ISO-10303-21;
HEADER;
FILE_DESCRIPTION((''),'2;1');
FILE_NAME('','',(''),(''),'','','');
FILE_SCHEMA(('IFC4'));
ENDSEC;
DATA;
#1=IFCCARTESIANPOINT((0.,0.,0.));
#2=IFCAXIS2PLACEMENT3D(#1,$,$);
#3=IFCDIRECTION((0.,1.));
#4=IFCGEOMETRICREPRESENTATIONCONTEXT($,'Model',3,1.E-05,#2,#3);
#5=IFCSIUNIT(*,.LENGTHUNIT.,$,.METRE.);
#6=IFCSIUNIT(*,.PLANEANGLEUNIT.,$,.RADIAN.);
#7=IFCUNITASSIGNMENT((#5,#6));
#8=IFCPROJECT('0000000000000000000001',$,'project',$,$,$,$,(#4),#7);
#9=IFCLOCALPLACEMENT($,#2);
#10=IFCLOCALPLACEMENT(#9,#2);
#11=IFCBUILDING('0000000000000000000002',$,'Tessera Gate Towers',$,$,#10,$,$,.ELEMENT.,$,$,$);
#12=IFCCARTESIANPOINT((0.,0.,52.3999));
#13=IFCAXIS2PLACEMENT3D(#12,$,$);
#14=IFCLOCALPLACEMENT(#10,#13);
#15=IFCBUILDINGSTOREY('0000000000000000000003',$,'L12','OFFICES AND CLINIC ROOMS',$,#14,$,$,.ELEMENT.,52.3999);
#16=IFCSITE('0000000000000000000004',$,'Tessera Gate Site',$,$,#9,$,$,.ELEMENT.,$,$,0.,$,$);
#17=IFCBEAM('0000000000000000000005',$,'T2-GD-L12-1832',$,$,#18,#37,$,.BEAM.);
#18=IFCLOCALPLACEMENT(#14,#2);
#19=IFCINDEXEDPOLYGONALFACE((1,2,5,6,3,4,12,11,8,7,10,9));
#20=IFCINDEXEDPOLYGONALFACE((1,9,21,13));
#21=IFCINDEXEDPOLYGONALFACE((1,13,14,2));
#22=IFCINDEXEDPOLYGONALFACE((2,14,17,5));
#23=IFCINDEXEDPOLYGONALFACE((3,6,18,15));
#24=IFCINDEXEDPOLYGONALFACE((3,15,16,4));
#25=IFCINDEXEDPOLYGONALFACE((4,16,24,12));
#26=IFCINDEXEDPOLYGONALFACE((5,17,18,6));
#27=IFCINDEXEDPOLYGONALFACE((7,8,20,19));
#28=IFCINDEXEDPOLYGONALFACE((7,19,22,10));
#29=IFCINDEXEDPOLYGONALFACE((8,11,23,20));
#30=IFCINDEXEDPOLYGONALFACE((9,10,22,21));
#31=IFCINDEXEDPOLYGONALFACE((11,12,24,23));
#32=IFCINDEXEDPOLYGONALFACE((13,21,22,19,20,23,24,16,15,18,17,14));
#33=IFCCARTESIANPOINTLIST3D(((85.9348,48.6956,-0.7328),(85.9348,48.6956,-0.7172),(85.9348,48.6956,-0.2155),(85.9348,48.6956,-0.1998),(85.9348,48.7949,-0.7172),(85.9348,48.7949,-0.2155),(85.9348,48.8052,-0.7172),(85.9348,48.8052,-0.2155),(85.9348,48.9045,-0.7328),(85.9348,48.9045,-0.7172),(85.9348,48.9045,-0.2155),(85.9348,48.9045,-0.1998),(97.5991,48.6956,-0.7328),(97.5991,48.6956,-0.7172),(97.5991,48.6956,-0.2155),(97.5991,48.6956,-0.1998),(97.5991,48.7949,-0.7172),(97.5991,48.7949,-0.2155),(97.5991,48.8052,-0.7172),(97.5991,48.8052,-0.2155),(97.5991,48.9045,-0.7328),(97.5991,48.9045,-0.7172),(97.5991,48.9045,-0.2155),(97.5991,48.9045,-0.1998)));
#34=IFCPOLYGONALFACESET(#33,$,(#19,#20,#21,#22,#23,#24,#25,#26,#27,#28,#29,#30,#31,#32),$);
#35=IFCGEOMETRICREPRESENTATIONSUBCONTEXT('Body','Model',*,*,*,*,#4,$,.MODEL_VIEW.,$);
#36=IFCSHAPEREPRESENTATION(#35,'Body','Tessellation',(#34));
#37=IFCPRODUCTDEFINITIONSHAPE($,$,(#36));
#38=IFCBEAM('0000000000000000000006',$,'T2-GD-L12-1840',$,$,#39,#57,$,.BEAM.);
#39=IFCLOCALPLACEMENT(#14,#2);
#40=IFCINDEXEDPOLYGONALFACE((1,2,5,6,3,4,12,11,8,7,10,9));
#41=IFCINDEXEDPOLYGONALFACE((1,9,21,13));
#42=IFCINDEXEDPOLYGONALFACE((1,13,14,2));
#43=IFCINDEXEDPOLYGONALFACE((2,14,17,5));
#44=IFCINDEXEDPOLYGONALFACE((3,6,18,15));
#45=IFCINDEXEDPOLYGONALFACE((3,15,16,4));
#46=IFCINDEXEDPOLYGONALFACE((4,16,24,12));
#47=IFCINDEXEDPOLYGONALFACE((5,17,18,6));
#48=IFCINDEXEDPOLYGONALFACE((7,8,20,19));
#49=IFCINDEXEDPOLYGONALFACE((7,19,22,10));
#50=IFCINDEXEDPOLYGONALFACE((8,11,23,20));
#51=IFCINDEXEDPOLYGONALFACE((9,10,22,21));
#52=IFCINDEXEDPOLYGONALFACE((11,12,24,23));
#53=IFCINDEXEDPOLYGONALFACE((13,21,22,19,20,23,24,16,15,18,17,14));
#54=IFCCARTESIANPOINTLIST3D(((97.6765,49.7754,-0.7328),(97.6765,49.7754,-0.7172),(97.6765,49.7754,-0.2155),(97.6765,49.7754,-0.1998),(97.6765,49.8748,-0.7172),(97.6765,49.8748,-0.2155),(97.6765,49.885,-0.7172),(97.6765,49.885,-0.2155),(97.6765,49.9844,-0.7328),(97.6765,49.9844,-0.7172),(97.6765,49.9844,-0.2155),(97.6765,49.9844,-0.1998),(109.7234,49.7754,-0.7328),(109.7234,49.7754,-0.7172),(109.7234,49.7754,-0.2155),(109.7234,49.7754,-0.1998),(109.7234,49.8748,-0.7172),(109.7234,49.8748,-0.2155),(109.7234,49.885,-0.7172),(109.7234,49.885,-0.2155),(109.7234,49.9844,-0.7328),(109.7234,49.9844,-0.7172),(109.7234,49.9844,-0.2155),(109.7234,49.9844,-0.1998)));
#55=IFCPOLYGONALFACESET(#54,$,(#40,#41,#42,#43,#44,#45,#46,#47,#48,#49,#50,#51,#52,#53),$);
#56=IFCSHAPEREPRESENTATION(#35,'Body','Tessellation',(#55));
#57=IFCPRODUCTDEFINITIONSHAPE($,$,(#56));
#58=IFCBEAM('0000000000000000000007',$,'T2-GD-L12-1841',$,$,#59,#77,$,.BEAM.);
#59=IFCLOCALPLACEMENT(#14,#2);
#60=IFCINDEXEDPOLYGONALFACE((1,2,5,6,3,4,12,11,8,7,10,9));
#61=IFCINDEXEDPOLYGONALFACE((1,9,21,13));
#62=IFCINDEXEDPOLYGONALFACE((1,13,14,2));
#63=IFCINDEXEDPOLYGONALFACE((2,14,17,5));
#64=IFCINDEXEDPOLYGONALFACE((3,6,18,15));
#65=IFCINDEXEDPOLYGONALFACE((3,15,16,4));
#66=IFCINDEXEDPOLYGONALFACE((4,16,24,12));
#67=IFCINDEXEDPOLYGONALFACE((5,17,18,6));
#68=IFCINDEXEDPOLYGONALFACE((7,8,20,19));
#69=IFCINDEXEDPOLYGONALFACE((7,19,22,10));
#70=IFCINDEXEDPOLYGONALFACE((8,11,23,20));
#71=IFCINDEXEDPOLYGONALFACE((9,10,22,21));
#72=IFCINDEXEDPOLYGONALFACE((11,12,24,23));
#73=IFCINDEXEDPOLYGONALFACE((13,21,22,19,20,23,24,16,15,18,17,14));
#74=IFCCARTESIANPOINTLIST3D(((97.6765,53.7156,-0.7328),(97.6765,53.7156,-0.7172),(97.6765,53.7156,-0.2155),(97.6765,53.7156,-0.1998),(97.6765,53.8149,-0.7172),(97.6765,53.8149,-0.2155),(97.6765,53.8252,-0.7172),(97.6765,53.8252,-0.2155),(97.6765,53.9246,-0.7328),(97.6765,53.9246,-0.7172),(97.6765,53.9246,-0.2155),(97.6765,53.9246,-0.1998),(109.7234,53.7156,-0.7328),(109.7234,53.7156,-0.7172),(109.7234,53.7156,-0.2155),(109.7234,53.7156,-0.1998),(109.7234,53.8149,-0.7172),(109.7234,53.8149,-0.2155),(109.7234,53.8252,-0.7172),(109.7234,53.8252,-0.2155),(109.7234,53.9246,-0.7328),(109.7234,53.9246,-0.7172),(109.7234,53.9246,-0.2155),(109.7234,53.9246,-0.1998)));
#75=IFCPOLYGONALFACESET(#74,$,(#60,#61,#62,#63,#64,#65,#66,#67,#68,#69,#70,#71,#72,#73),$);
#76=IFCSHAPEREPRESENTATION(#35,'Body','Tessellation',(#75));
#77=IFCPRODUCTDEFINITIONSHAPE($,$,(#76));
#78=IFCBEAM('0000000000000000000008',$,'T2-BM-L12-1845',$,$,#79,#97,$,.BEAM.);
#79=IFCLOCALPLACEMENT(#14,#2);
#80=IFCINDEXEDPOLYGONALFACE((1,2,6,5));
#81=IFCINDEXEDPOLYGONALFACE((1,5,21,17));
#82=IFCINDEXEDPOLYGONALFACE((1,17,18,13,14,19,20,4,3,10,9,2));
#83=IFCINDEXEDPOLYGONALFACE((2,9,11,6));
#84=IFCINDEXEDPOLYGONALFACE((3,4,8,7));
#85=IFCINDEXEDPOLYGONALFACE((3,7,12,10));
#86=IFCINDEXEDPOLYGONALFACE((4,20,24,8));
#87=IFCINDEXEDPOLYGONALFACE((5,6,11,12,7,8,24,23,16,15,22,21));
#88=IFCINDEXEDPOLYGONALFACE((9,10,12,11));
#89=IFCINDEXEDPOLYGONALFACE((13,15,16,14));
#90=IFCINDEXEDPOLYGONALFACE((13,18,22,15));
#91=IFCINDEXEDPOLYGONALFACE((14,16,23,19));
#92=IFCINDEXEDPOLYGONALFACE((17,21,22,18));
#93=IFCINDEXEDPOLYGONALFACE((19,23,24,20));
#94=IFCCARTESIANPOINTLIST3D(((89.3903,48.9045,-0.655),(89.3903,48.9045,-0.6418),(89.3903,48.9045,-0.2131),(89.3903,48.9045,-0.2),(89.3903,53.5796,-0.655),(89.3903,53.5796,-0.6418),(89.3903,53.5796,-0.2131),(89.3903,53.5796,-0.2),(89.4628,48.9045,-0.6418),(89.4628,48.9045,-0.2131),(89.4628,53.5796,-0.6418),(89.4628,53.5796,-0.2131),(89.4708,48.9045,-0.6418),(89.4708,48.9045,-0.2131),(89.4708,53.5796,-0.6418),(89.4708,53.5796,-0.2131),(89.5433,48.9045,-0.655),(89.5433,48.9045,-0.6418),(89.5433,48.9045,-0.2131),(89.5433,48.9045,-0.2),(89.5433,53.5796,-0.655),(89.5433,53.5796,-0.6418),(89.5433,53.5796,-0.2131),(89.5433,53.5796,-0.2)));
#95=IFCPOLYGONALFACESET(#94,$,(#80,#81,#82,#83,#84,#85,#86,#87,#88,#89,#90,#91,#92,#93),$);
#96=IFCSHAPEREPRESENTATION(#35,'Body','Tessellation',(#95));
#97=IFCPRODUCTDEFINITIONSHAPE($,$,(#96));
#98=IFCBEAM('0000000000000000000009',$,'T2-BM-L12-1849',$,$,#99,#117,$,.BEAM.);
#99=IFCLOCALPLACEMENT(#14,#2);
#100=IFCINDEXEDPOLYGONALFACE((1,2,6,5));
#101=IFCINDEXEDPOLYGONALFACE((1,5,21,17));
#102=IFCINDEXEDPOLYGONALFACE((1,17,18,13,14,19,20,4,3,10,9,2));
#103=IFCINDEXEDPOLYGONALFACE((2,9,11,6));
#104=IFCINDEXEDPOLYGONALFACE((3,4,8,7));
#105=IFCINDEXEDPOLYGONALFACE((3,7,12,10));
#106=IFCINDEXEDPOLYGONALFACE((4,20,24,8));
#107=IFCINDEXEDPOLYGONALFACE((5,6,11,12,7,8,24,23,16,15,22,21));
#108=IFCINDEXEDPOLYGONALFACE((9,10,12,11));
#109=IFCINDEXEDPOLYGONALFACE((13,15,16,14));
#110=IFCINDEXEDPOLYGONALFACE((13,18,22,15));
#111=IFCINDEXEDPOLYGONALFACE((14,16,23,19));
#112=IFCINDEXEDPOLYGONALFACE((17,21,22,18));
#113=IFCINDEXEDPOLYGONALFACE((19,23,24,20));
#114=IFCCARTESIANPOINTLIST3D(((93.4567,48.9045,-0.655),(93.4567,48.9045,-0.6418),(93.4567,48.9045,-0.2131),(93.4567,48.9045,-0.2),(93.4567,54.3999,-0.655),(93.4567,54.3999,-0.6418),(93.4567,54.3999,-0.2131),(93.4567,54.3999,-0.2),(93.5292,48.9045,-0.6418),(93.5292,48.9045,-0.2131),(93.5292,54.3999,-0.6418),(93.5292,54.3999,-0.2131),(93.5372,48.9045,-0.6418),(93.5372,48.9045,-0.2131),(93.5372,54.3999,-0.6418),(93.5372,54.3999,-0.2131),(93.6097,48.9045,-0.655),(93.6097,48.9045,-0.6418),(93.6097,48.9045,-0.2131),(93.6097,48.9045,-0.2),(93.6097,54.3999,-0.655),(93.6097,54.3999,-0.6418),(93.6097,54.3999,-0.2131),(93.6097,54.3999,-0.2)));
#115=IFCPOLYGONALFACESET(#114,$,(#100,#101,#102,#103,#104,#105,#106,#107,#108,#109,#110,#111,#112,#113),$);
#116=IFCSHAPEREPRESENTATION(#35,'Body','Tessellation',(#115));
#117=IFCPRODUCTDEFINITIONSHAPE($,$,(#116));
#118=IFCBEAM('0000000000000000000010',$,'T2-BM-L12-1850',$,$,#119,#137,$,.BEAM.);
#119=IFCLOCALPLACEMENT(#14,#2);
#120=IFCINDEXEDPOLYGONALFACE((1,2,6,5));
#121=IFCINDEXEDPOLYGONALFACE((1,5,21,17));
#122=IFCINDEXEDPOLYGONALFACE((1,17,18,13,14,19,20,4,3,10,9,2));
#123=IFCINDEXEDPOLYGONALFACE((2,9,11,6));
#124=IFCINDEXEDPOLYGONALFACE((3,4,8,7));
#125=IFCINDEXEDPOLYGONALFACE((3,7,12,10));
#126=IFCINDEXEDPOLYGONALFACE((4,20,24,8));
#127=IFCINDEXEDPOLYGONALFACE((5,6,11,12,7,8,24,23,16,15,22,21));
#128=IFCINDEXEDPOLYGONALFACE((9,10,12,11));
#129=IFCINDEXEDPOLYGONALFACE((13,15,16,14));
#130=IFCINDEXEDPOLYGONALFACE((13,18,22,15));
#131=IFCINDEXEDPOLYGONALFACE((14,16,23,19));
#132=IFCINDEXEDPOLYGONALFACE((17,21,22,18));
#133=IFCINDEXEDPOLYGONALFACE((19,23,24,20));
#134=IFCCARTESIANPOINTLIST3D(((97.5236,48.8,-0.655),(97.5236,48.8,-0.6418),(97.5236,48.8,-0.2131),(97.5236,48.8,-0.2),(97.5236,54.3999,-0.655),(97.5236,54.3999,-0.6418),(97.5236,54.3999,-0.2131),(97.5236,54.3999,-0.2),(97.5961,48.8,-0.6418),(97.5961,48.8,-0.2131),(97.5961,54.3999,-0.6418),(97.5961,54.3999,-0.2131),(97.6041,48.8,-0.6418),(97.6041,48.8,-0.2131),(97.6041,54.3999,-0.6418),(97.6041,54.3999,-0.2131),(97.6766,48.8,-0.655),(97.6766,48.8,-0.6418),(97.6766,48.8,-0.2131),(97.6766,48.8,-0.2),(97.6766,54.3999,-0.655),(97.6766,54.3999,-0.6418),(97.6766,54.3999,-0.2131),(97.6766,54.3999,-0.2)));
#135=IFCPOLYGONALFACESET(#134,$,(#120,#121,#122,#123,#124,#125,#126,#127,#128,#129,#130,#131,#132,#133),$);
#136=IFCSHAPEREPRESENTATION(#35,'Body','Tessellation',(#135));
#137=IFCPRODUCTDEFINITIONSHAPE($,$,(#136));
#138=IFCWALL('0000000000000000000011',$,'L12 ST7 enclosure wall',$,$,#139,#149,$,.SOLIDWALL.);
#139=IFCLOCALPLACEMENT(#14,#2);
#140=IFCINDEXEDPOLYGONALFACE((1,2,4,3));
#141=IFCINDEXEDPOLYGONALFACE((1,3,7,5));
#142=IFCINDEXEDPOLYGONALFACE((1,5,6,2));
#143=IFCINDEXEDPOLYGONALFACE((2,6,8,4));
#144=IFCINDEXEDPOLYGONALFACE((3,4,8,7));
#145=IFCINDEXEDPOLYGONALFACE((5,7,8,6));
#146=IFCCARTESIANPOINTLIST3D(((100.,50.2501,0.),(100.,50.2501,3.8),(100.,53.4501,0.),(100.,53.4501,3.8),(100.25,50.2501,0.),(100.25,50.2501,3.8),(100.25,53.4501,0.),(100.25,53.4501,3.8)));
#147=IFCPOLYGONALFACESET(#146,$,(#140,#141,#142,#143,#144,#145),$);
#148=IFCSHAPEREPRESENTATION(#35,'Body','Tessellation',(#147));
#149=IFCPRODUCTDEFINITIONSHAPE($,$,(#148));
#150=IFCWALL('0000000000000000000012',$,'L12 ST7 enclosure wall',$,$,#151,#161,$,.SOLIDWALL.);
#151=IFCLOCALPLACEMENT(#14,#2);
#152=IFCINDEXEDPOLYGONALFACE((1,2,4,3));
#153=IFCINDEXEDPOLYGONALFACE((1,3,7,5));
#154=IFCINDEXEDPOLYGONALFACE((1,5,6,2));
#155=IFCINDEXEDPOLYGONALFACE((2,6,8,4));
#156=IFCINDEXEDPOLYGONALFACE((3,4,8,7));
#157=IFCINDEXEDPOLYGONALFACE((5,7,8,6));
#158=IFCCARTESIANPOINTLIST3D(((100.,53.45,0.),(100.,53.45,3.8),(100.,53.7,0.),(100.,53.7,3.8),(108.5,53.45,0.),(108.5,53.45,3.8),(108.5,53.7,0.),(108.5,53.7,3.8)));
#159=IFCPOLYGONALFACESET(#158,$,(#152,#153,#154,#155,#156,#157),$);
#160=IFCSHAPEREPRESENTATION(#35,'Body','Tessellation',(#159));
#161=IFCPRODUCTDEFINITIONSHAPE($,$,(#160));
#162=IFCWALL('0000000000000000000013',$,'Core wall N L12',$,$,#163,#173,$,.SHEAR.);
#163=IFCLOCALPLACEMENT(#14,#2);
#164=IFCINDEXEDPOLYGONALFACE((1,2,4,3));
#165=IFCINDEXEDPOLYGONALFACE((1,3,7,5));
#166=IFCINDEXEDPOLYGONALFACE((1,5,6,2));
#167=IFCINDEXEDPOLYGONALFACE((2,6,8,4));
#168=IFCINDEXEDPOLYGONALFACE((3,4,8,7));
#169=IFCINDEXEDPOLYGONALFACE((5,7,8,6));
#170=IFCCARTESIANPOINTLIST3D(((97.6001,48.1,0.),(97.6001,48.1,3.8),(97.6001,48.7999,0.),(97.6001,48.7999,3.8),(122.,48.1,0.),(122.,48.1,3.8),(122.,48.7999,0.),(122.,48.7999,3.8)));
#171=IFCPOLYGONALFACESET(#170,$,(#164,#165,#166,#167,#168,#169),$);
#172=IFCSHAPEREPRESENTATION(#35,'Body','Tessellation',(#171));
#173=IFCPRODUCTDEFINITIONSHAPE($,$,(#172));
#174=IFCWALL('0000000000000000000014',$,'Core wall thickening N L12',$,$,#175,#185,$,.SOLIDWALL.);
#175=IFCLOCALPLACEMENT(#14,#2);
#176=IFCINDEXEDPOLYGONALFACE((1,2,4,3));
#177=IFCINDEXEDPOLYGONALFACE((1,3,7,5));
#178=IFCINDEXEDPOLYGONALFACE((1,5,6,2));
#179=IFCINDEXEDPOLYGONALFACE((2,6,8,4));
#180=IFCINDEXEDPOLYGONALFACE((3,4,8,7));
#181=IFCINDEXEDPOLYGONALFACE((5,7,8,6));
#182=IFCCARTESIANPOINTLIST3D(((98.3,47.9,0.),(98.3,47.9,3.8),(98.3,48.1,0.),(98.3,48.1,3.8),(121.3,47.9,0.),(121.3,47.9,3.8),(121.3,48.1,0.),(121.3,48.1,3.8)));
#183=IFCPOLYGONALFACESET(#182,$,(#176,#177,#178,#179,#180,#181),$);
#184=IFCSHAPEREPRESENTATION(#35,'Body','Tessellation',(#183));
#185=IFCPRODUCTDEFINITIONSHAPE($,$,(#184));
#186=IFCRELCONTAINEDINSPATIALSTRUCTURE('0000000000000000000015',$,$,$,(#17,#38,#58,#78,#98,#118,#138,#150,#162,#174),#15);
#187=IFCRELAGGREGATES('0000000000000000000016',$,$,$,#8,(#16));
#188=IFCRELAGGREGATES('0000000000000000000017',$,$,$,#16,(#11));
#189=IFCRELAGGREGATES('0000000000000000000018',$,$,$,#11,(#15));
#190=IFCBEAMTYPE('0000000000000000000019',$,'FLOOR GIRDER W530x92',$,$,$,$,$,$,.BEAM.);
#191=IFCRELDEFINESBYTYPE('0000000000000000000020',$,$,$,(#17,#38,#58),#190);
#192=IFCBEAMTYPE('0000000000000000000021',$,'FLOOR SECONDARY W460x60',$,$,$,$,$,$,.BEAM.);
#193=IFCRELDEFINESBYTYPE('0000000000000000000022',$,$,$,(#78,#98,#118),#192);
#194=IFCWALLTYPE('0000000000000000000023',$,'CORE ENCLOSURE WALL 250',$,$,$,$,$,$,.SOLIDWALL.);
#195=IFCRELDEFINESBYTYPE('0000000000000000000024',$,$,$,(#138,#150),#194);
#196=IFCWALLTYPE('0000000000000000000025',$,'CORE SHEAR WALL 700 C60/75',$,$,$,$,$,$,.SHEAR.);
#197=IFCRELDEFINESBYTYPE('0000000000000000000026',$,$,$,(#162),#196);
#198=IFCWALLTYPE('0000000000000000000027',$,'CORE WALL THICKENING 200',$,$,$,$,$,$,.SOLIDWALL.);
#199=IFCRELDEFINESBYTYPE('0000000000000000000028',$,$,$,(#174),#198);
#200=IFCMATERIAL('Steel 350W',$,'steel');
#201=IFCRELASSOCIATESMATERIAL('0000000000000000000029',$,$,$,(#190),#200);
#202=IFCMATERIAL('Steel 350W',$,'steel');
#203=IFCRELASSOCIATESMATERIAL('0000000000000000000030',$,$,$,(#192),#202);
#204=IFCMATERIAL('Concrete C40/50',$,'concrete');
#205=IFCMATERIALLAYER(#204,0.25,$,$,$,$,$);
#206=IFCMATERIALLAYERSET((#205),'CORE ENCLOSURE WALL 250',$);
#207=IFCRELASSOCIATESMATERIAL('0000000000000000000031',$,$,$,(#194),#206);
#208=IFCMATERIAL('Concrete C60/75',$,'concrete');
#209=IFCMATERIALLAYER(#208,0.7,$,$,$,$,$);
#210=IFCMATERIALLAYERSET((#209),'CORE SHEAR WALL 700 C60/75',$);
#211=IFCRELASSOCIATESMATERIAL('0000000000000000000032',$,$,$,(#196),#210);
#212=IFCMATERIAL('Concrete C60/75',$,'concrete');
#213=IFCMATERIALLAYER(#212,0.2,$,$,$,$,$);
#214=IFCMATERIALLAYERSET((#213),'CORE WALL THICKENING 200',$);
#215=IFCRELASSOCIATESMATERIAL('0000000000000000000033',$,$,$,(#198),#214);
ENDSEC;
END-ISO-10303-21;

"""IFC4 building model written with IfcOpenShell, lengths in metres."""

from ifc_helpers import new_model, si_unit, direction, frame, frame_2d, origin, origin_2d, place, context, subcontext, project, spatial, rectangle, i_section, extrude, material, layer, layer_set, material_profile, profile_set, type_object, element, save


model = new_model("IFC4")

# Units and contexts
model_context = context("Model", 3, precision=1e-05, world=origin(), true_north=direction((0.0, 1.0)))
body_context = subcontext(model_context, "Body", "Model", "MODEL_VIEW")
ifc_project = project(units=[si_unit("LENGTHUNIT", "METRE"), si_unit("PLANEANGLEUNIT", "RADIAN")], contexts=[model_context])

# Site, building, storey
site_placement = place(None, origin())
site = spatial("IfcSite", under=ifc_project, at=site_placement, Name="Tessera Gate Site", CompositionType="ELEMENT", RefElevation=0.0)
building_placement = place(site_placement, origin())
building = spatial("IfcBuilding", under=site, at=building_placement, Name="Tessera Gate Towers", CompositionType="ELEMENT")
storey_placement = place(building_placement, frame((0.0, 0.0, 52.3999)))
storey = spatial("IfcBuildingStorey", under=building, at=storey_placement, Name="L12", Description="OFFICES AND CLINIC ROOMS", CompositionType="ELEMENT", Elevation=52.3999)

# Beams
ifc_material_1 = material(Name="Steel 350W", Category="steel")
ifc_material_profile_1 = material_profile(ifc_material_1, i_section(OverallWidth=0.209, OverallDepth=0.533, WebThickness=0.0103, FlangeThickness=0.0156, at=origin_2d()), Name="W530x92")
ifc_profile_set_1 = profile_set([ifc_material_profile_1], Name="Steel 350W")
beam_type_1 = type_object("IfcBeamType", Name="FLOOR GIRDER W530x92", PredefinedType="BEAM", material=ifc_profile_set_1)
beam_1_placement = place(storey_placement, frame((85.9348, 48.8, -0.4663), z_axis=(1.0, 0.0, 0.0), x_axis=(0.0, 1.0, 0.0)))
element("IfcBeam", 1, at=beam_1_placement, inside=storey, type_object=beam_type_1, Name="T2-GD-L12-1832", PredefinedType="BEAM", context=body_context, shape_type="SweptSolid", body=[
    extrude(i_section(OverallWidth=0.209, OverallDepth=0.533, WebThickness=0.0103, FlangeThickness=0.0156, at=origin_2d()), origin(), (0.0, 0.0, 1.0), 11.6643),
])
for number, where, z_axis, x_axis, name in (
    (2, (97.6765, 49.8799, -0.4663), (1.0, 0.0, 0.0), (0.0, 1.0, 0.0), "T2-GD-L12-1840"),
    (3, (97.6765, 53.8201, -0.4663), (1.0, 0.0, 0.0), (0.0, 1.0, 0.0), "T2-GD-L12-1841"),
):
    element("IfcBeam", number, at=place(storey_placement, frame(where, z_axis=z_axis, x_axis=x_axis)), inside=storey, type_object=beam_type_1, Name=name, PredefinedType="BEAM", context=body_context, shape_type="SweptSolid", body=[
        extrude(i_section(OverallWidth=0.209, OverallDepth=0.533, WebThickness=0.0103, FlangeThickness=0.0156, at=origin_2d()), origin(), (0.0, 0.0, 1.0), 12.0469),
    ])
ifc_material_2 = material(Name="Steel 350W", Category="steel")
ifc_material_profile_2 = material_profile(ifc_material_2, i_section(OverallWidth=0.1531, OverallDepth=0.4551, WebThickness=0.0081, FlangeThickness=0.0132, at=origin_2d()), Name="W460x60")
ifc_profile_set_2 = profile_set([ifc_material_profile_2], Name="Steel 350W")
beam_type_2 = type_object("IfcBeamType", Name="FLOOR SECONDARY W460x60", PredefinedType="BEAM", material=ifc_profile_set_2)
beam_2_placement = place(storey_placement, frame((89.4668, 48.9045, -0.4275), z_axis=(0.0, 1.0, 0.0), x_axis=(-1.0, 0.0, 0.0)))
element("IfcBeam", 4, at=beam_2_placement, inside=storey, type_object=beam_type_2, Name="T2-BM-L12-1845", PredefinedType="BEAM", context=body_context, shape_type="SweptSolid", body=[
    extrude(i_section(OverallWidth=0.1531, OverallDepth=0.4551, WebThickness=0.0081, FlangeThickness=0.0132, at=origin_2d()), origin(), (0.0, 0.0, 1.0), 4.675),
])
beam_3_placement = place(storey_placement, frame((93.5332, 48.9045, -0.4275), z_axis=(0.0, 1.0, 0.0), x_axis=(-1.0, 0.0, 0.0)))
element("IfcBeam", 5, at=beam_3_placement, inside=storey, type_object=beam_type_2, Name="T2-BM-L12-1849", PredefinedType="BEAM", context=body_context, shape_type="SweptSolid", body=[
    extrude(i_section(OverallWidth=0.1531, OverallDepth=0.4551, WebThickness=0.0081, FlangeThickness=0.0132, at=origin_2d()), origin(), (0.0, 0.0, 1.0), 5.4954),
])
beam_4_placement = place(storey_placement, frame((97.6001, 48.8, -0.4275), z_axis=(0.0, 1.0, 0.0), x_axis=(-1.0, 0.0, 0.0)))
element("IfcBeam", 6, at=beam_4_placement, inside=storey, type_object=beam_type_2, Name="T2-BM-L12-1850", PredefinedType="BEAM", context=body_context, shape_type="SweptSolid", body=[
    extrude(i_section(OverallWidth=0.1531, OverallDepth=0.4551, WebThickness=0.0081, FlangeThickness=0.0132, at=origin_2d()), origin(), (0.0, 0.0, 1.0), 5.5999),
])

# Walls
ifc_material_3 = material(Name="Concrete C40/50", Category="concrete")
ifc_layer_1 = layer(ifc_material_3, 0.25)
ifc_layer_set_1 = layer_set([ifc_layer_1], Name="CORE ENCLOSURE WALL 250")
wall_type_1 = type_object("IfcWallType", Name="CORE ENCLOSURE WALL 250", PredefinedType="SOLIDWALL", material=ifc_layer_set_1)
wall_1_placement = place(storey_placement, frame((100.125, 50.25, 0.0), z_axis=(0.0, 0.0, 1.0), x_axis=(0.0, 1.0, 0.0)))
element("IfcWall", 7, at=wall_1_placement, inside=storey, type_object=wall_type_1, Name="L12 ST7 enclosure wall", PredefinedType="SOLIDWALL", context=body_context, shape_type="SweptSolid", body=[
    extrude(rectangle(XDim=3.2, YDim=0.25, at=frame_2d((1.6001, 0.0))), origin(), (0.0, 0.0, 1.0), 3.8),
])
wall_2_placement = place(storey_placement, frame((100.0, 53.575, 0.0), z_axis=(0.0, 0.0, 1.0), x_axis=(1.0, 0.0, 0.0)))
element("IfcWall", 8, at=wall_2_placement, inside=storey, type_object=wall_type_1, Name="L12 ST7 enclosure wall", PredefinedType="SOLIDWALL", context=body_context, shape_type="SweptSolid", body=[
    extrude(rectangle(XDim=8.5, YDim=0.25, at=frame_2d((4.25, 0.0))), origin(), (0.0, 0.0, 1.0), 3.8),
])
ifc_material_4 = material(Name="Concrete C60/75", Category="concrete")
ifc_layer_2 = layer(ifc_material_4, 0.7)
ifc_layer_set_2 = layer_set([ifc_layer_2], Name="CORE SHEAR WALL 700 C60/75")
wall_type_2 = type_object("IfcWallType", Name="CORE SHEAR WALL 700 C60/75", PredefinedType="SHEAR", material=ifc_layer_set_2)
wall_3_placement = place(storey_placement, frame((97.6001, 48.45, 0.0), z_axis=(0.0, 0.0, 1.0), x_axis=(1.0, 0.0, 0.0)))
element("IfcWall", 9, at=wall_3_placement, inside=storey, type_object=wall_type_2, Name="Core wall N L12", PredefinedType="SHEAR", context=body_context, shape_type="SweptSolid", body=[
    extrude(rectangle(XDim=24.3999, YDim=0.7, at=frame_2d((12.2, 0.0))), origin(), (0.0, 0.0, 1.0), 3.8),
])
ifc_material_5 = material(Name="Concrete C60/75", Category="concrete")
ifc_layer_3 = layer(ifc_material_5, 0.2)
ifc_layer_set_3 = layer_set([ifc_layer_3], Name="CORE WALL THICKENING 200")
wall_type_3 = type_object("IfcWallType", Name="CORE WALL THICKENING 200", PredefinedType="SOLIDWALL", material=ifc_layer_set_3)
wall_4_placement = place(storey_placement, frame((98.3, 48.0, 0.0), z_axis=(0.0, 0.0, 1.0), x_axis=(1.0, 0.0, 0.0)))
element("IfcWall", 10, at=wall_4_placement, inside=storey, type_object=wall_type_3, Name="Core wall thickening N L12", PredefinedType="SOLIDWALL", context=body_context, shape_type="SweptSolid", body=[
    extrude(rectangle(XDim=23.0, YDim=0.2, at=frame_2d((11.5, 0.0))), origin(), (0.0, 0.0, 1.0), 3.8),
])

save(model, "model.ifc")
